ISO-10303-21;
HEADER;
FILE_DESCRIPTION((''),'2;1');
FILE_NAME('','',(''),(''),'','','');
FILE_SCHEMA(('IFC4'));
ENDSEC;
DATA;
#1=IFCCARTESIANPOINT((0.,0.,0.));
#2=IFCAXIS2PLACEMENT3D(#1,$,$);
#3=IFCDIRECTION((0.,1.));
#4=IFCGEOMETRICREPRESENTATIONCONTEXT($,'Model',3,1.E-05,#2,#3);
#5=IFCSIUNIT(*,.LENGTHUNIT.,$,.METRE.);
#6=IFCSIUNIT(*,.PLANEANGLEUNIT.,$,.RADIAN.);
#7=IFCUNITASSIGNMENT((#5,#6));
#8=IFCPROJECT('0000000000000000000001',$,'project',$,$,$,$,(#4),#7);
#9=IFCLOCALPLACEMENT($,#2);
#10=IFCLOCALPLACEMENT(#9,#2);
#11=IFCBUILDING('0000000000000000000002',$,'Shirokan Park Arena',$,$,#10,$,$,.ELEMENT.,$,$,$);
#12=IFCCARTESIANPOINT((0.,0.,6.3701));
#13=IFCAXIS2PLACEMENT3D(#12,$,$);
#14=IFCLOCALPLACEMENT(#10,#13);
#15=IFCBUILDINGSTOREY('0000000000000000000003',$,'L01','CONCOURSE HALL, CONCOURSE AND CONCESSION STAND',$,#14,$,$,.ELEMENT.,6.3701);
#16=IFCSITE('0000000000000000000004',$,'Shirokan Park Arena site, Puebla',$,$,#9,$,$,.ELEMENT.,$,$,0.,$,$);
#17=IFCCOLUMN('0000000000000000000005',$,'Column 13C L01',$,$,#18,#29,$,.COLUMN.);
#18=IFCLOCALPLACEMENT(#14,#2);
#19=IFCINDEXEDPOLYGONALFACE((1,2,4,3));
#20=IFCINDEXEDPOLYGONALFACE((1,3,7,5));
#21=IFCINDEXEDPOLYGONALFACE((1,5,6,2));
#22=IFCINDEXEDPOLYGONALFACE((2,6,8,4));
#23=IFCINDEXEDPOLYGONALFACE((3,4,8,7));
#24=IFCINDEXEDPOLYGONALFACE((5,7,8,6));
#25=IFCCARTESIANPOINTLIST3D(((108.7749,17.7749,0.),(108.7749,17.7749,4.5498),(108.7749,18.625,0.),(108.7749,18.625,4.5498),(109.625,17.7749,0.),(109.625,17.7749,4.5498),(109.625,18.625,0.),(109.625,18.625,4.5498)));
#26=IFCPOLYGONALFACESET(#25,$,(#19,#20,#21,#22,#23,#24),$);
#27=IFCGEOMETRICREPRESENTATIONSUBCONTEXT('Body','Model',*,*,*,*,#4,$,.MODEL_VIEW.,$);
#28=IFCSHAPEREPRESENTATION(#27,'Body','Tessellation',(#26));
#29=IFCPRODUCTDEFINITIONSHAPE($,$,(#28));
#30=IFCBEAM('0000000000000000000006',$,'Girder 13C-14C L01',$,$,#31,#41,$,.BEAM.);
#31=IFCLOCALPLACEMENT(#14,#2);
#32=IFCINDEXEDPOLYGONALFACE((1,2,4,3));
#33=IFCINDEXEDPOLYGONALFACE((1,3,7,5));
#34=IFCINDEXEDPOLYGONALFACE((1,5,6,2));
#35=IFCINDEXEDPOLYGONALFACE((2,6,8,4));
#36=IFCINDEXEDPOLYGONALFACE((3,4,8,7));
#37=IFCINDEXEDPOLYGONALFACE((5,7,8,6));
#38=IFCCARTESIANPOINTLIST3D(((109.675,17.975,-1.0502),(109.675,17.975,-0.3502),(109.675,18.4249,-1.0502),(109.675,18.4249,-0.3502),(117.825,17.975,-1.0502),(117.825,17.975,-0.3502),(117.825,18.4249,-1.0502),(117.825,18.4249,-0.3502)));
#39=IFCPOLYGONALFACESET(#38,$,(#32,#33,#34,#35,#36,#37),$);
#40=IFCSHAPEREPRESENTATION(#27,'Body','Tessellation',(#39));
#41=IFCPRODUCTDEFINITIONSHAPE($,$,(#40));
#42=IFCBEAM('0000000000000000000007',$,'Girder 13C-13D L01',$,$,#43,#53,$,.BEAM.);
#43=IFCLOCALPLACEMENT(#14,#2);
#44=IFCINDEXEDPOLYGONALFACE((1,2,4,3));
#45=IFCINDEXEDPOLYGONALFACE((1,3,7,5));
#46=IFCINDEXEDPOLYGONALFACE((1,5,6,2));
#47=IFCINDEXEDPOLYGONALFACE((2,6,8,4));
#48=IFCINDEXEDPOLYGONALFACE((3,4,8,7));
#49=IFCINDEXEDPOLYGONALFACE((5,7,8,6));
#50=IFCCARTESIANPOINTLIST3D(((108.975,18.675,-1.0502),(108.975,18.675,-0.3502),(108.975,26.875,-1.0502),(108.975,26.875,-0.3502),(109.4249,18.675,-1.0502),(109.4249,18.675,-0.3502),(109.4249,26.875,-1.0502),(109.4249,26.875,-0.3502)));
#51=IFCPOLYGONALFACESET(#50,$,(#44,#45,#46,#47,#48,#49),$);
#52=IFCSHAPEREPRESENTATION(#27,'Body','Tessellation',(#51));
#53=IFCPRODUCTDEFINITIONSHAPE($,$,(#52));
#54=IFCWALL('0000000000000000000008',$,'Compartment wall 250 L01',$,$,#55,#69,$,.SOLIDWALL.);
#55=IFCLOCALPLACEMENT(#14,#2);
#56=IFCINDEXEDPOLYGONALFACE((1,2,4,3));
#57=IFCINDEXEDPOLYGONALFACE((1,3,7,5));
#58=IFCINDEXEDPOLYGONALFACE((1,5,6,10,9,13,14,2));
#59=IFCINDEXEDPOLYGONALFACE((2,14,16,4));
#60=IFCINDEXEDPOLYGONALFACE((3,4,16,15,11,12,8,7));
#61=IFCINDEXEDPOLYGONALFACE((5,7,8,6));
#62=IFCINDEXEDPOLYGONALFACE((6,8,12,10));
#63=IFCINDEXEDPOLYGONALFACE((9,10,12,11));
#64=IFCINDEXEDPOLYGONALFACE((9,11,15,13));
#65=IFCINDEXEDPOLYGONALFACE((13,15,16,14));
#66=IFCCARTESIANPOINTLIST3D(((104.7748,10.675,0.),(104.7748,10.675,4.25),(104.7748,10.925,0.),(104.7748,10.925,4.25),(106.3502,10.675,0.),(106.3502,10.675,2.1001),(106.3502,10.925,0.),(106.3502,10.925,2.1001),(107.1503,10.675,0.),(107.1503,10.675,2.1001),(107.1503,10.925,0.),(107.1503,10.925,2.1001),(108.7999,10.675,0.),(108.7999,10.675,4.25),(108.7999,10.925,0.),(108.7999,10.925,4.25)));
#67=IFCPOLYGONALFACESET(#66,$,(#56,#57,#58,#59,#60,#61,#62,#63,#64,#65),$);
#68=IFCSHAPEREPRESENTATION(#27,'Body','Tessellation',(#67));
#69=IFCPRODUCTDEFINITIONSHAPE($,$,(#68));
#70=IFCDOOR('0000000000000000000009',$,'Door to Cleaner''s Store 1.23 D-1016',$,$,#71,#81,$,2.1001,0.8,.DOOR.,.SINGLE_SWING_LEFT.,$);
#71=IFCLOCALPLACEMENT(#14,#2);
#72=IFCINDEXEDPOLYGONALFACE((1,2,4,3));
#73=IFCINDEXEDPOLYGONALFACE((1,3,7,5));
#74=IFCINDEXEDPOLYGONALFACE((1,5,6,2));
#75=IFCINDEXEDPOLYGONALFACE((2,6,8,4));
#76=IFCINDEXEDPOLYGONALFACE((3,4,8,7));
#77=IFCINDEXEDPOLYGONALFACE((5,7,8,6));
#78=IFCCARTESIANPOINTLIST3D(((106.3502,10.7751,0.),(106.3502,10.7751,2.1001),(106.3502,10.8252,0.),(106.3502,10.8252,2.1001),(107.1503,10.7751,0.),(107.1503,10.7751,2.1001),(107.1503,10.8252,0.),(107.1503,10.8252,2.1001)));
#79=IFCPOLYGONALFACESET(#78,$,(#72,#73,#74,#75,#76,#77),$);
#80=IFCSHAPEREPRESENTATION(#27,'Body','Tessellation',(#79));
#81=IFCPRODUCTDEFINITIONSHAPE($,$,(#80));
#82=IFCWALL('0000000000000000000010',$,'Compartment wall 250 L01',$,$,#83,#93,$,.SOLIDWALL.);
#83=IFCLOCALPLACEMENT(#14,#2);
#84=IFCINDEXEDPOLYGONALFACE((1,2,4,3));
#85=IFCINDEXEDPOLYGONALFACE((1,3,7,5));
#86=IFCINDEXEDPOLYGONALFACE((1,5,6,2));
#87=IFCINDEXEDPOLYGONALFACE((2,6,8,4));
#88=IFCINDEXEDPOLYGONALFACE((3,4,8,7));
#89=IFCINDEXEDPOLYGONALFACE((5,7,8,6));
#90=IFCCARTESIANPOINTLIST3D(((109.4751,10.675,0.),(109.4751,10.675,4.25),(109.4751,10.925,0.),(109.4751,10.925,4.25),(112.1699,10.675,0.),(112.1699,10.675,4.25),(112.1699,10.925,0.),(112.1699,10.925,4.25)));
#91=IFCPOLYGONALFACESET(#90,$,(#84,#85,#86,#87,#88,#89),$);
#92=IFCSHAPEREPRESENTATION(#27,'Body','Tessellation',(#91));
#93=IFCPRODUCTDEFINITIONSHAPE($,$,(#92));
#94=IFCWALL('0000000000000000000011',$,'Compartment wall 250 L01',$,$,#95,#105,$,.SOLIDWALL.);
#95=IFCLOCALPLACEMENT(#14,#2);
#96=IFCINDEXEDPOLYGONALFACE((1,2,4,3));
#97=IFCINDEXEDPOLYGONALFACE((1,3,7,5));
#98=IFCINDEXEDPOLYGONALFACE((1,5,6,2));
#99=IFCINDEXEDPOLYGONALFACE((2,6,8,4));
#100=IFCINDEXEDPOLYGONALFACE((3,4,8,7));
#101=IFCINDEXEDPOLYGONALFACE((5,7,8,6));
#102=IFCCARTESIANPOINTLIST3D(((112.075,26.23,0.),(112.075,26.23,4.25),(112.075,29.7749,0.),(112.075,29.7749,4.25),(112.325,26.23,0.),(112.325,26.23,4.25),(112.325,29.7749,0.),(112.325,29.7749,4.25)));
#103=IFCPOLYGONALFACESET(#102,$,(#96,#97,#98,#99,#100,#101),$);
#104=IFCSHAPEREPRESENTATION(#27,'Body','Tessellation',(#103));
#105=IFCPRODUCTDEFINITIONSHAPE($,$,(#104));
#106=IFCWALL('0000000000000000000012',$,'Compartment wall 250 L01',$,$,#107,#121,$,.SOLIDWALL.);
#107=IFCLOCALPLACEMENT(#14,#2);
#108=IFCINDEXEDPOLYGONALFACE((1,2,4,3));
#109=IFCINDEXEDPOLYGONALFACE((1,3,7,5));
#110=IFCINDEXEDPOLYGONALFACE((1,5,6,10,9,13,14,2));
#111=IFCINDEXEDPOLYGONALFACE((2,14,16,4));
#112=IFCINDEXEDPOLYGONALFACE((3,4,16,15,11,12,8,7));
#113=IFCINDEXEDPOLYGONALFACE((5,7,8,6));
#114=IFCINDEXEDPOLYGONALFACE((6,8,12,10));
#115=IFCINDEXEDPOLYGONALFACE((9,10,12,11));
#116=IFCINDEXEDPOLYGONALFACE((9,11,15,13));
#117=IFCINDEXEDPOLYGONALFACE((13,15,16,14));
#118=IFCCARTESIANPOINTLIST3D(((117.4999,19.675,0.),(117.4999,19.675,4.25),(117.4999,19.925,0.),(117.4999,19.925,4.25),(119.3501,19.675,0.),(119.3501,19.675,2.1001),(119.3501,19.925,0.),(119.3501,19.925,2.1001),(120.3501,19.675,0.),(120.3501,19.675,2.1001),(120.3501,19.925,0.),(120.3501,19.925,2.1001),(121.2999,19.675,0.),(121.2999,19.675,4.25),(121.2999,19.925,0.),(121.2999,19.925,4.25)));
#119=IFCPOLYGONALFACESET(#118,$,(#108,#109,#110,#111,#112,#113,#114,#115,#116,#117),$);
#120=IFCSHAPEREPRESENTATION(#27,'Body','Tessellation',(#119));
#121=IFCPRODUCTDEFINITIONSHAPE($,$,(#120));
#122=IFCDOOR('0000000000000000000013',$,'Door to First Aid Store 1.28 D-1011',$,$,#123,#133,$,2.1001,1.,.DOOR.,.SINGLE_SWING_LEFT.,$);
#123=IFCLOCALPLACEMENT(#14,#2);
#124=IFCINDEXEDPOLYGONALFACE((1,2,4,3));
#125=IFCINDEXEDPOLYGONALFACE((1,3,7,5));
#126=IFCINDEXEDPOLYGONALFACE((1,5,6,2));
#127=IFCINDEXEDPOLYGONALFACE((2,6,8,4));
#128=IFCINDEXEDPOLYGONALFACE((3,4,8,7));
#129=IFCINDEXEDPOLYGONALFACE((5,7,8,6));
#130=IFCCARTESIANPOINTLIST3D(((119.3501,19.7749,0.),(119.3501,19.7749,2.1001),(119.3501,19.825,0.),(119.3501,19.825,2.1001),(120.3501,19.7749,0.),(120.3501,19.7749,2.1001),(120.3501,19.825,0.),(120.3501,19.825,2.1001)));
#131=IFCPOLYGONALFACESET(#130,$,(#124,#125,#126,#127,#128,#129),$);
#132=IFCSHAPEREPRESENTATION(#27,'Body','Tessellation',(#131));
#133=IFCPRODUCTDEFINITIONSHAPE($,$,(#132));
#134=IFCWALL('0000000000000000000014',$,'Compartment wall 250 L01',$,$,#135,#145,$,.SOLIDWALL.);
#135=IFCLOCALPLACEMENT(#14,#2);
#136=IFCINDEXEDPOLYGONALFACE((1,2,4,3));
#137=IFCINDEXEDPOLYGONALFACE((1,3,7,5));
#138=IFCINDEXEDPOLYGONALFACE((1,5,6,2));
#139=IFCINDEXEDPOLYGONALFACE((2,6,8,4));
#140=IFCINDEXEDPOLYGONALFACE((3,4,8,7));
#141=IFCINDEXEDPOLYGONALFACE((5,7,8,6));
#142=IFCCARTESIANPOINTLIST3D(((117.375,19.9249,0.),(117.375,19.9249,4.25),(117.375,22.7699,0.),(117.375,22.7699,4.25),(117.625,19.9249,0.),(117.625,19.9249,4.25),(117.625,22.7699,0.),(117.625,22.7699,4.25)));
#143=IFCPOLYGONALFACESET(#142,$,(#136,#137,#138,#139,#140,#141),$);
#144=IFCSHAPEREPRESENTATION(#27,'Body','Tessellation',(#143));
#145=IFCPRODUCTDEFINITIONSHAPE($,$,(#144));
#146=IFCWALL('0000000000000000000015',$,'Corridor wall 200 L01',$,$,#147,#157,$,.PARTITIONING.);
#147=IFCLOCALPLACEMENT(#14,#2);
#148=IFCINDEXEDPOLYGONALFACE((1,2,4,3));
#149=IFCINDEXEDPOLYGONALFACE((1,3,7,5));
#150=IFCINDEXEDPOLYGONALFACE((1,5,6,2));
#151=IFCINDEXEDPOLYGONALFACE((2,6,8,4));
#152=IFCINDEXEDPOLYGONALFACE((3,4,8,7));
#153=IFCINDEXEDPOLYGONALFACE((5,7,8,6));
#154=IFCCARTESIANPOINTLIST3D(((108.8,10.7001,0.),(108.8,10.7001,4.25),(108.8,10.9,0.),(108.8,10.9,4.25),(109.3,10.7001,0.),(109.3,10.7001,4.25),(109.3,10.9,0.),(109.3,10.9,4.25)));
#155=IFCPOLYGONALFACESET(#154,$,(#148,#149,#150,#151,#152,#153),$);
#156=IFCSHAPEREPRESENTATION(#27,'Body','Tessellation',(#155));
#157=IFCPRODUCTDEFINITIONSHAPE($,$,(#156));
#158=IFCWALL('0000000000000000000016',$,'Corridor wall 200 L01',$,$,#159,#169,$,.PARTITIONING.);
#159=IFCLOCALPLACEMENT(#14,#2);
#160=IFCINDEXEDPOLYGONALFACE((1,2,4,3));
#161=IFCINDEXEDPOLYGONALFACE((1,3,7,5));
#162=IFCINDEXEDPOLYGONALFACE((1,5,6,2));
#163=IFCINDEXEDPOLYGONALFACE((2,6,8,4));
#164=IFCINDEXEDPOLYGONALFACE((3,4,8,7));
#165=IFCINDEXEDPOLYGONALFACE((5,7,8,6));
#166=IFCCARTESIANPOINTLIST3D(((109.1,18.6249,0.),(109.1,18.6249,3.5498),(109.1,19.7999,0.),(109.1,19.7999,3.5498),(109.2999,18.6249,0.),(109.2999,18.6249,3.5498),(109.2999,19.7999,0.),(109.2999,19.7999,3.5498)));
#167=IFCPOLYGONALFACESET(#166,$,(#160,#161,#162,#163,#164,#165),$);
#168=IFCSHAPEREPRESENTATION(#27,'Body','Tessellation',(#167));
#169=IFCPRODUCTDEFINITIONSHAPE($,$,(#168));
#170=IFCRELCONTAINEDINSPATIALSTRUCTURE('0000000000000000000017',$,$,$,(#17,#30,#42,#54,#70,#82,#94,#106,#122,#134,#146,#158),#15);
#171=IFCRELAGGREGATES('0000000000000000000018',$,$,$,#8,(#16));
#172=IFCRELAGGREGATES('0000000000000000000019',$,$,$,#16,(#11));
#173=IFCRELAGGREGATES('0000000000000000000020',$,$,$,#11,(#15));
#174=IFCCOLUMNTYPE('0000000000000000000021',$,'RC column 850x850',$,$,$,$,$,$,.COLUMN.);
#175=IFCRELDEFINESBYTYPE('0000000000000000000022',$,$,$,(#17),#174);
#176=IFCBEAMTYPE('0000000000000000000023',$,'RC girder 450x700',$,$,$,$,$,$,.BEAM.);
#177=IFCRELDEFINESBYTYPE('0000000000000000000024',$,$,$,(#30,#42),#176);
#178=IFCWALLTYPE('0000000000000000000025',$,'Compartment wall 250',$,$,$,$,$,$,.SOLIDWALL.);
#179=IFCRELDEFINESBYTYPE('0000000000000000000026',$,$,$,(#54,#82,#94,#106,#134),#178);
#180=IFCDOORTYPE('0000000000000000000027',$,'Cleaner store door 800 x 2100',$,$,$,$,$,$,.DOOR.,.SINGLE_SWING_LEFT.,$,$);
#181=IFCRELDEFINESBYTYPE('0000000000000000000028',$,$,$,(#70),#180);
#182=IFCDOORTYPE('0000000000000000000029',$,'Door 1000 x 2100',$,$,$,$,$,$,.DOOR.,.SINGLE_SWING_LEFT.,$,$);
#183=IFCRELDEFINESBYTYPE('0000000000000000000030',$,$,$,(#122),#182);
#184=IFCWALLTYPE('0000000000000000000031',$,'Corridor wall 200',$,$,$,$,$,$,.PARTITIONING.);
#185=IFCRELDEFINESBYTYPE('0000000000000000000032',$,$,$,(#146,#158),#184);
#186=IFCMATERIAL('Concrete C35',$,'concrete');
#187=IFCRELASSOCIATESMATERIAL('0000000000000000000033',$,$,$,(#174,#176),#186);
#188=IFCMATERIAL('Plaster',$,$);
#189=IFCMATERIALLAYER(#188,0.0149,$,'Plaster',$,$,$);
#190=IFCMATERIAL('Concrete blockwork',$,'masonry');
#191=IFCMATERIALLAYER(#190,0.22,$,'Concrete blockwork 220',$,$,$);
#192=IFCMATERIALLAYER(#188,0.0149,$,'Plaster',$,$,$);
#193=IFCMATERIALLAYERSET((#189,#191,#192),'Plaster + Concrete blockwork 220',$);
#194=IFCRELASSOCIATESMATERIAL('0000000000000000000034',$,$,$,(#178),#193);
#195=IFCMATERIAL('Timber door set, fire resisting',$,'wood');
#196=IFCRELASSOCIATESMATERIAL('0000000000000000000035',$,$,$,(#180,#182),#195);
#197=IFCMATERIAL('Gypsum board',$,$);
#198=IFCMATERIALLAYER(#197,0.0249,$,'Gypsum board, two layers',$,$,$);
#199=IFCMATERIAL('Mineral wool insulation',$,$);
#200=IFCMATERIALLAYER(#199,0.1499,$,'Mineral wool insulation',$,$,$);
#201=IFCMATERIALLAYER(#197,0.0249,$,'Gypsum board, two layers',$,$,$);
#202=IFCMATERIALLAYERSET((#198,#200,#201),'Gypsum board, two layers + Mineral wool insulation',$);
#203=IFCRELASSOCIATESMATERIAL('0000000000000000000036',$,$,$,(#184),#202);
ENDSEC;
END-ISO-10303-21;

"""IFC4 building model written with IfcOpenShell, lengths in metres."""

from ifc_helpers import new_model, si_unit, direction, frame, frame_2d, origin, origin_2d, place, context, subcontext, project, spatial, rectangle, extrude, material, layer, layer_set, material_profile, profile_set, type_object, element, fill, save


model = new_model("IFC4")

# Units and contexts
model_context = context("Model", 3, precision=1e-05, world=origin(), true_north=direction((0.0, 1.0)))
body_context = subcontext(model_context, "Body", "Model", "MODEL_VIEW")
ifc_project = project(units=[si_unit("LENGTHUNIT", "METRE"), si_unit("PLANEANGLEUNIT", "RADIAN")], contexts=[model_context])

# Site, building, storey
site_placement = place(None, origin())
site = spatial("IfcSite", under=ifc_project, at=site_placement, Name="Shirokan Park Arena site, Puebla", CompositionType="ELEMENT", RefElevation=0.0)
building_placement = place(site_placement, origin())
building = spatial("IfcBuilding", under=site, at=building_placement, Name="Shirokan Park Arena", CompositionType="ELEMENT")
storey_placement = place(building_placement, frame((0.0, 0.0, 6.3701)))
storey = spatial("IfcBuildingStorey", under=building, at=storey_placement, Name="L01", Description="CONCOURSE HALL, CONCOURSE AND CONCESSION STAND", CompositionType="ELEMENT", Elevation=6.3701)

# Column
ifc_material_1 = material(Name="Concrete C35", Category="concrete")
ifc_material_profile_1 = material_profile(ifc_material_1, rectangle(XDim=0.8501, YDim=0.8501, at=origin_2d()), Name="850x850")
ifc_profile_set_1 = profile_set([ifc_material_profile_1], Name="Concrete C35")
column_type = type_object("IfcColumnType", Name="RC column 850x850", PredefinedType="COLUMN", material=ifc_profile_set_1)
column_placement = place(storey_placement, frame((109.2, 18.2, 0.0), z_axis=(0.0, 0.0, 1.0), x_axis=(1.0, 0.0, 0.0)))
element("IfcColumn", 1, at=column_placement, inside=storey, type_object=column_type, Name="Column 13C L01", PredefinedType="COLUMN", context=body_context, shape_type="SweptSolid", body=[
    extrude(rectangle(XDim=0.8501, YDim=0.8501, at=origin_2d()), origin(), (0.0, 0.0, 1.0), 4.5498),
])

# Beams
ifc_material_profile_2 = material_profile(ifc_material_1, rectangle(XDim=0.45, YDim=0.7, at=origin_2d()), Name="450x700")
ifc_profile_set_2 = profile_set([ifc_material_profile_2], Name="Concrete C35")
beam_type = type_object("IfcBeamType", Name="RC girder 450x700", PredefinedType="BEAM", material=ifc_profile_set_2)
beam_1_placement = place(storey_placement, frame((109.675, 18.2, -0.7002), z_axis=(1.0, 0.0, 0.0), x_axis=(0.0, 1.0, 0.0)))
element("IfcBeam", 2, at=beam_1_placement, inside=storey, type_object=beam_type, Name="Girder 13C-14C L01", PredefinedType="BEAM", context=body_context, shape_type="SweptSolid", body=[
    extrude(rectangle(XDim=0.45, YDim=0.7, at=origin_2d()), origin(), (0.0, 0.0, 1.0), 8.1499),
])
beam_2_placement = place(storey_placement, frame((109.2, 18.675, -0.7002), z_axis=(0.0, 1.0, 0.0), x_axis=(-1.0, 0.0, 0.0)))
element("IfcBeam", 3, at=beam_2_placement, inside=storey, type_object=beam_type, Name="Girder 13C-13D L01", PredefinedType="BEAM", context=body_context, shape_type="SweptSolid", body=[
    extrude(rectangle(XDim=0.45, YDim=0.7, at=origin_2d()), origin(), (0.0, 0.0, 1.0), 8.2),
])

# Wall, opening, door
ifc_material_2 = material(Name="Plaster")
ifc_layer_1 = layer(ifc_material_2, 0.0149, Name="Plaster")
ifc_material_3 = material(Name="Concrete blockwork", Category="masonry")
ifc_layer_2 = layer(ifc_material_3, 0.22, Name="Concrete blockwork 220")
ifc_layer_3 = layer(ifc_material_2, 0.0149, Name="Plaster")
ifc_layer_set_1 = layer_set([ifc_layer_1, ifc_layer_2, ifc_layer_3], Name="Plaster + Concrete blockwork 220")
wall_type_1 = type_object("IfcWallType", Name="Compartment wall 250", PredefinedType="SOLIDWALL", material=ifc_layer_set_1)
wall_1_placement = place(storey_placement, frame((108.8, 10.8, 0.0), z_axis=(0.0, 0.0, 1.0), x_axis=(-1.0, 0.0, 0.0)))
wall_1 = element("IfcWall", 4, at=wall_1_placement, inside=storey, type_object=wall_type_1, Name="Compartment wall 250 L01", PredefinedType="SOLIDWALL", context=body_context, shape_type="SweptSolid", body=[
    extrude(rectangle(XDim=4.0251, YDim=0.25, at=frame_2d((2.0127, 0.0))), origin(), (0.0, 0.0, 1.0), 4.25),
])
opening_1_placement = place(wall_1_placement, frame((1.6499, 0.0, 0.0)))
opening_1 = element("IfcOpeningElement", 5, at=opening_1_placement, cuts=wall_1, PredefinedType="OPENING", context=body_context, shape_type="SweptSolid", body=[
    extrude(rectangle(XDim=0.8, YDim=2.1001, at=frame_2d((0.3999, 1.05))), frame((0.0, 0.135, 0.0), z_axis=(0.0, -1.0, 0.0), x_axis=(1.0, 0.0, 0.0)), (0.0, 0.0, 1.0), 0.27),
])
ifc_material_4 = material(Name="Timber door set, fire resisting", Category="wood")
door_type_1 = type_object("IfcDoorType", Name="Cleaner store door 800 x 2100", OperationType="SINGLE_SWING_LEFT", PredefinedType="DOOR", material=ifc_material_4)
door_1_placement = place(opening_1_placement, origin())
door_1 = element("IfcDoor", 6, at=door_1_placement, inside=storey, type_object=door_type_1, Name="Door to Cleaner's Store 1.23 D-1016", OperationType="SINGLE_SWING_LEFT", OverallHeight=2.1001, OverallWidth=0.8, PredefinedType="DOOR", context=body_context, shape_type="SweptSolid", body=[
    extrude(rectangle(XDim=0.8, YDim=2.1001, at=frame_2d((0.3999, 1.05))), frame((0.0, 0.0249, 0.0), z_axis=(0.0, -1.0, 0.0), x_axis=(1.0, 0.0, 0.0)), (0.0, 0.0, 1.0), 0.05),
])
fill(opening_1, door_1)

# Walls
wall_2_placement = place(storey_placement, frame((112.1699, 10.8, 0.0), z_axis=(0.0, 0.0, 1.0), x_axis=(-1.0, 0.0, 0.0)))
element("IfcWall", 7, at=wall_2_placement, inside=storey, type_object=wall_type_1, Name="Compartment wall 250 L01", PredefinedType="SOLIDWALL", context=body_context, shape_type="SweptSolid", body=[
    extrude(rectangle(XDim=2.6948, YDim=0.25, at=frame_2d((1.3474, 0.0))), origin(), (0.0, 0.0, 1.0), 4.25),
])
wall_3_placement = place(storey_placement, frame((112.2, 26.23, 0.0), z_axis=(0.0, 0.0, 1.0), x_axis=(0.0, 1.0, 0.0)))
element("IfcWall", 8, at=wall_3_placement, inside=storey, type_object=wall_type_1, Name="Compartment wall 250 L01", PredefinedType="SOLIDWALL", context=body_context, shape_type="SweptSolid", body=[
    extrude(rectangle(XDim=3.5449, YDim=0.25, at=frame_2d((1.7725, 0.0))), origin(), (0.0, 0.0, 1.0), 4.25),
])

# Wall, opening, door
wall_4_placement = place(storey_placement, frame((117.5, 19.8, 0.0), z_axis=(0.0, 0.0, 1.0), x_axis=(1.0, 0.0, 0.0)))
wall_4 = element("IfcWall", 9, at=wall_4_placement, inside=storey, type_object=wall_type_1, Name="Compartment wall 250 L01", PredefinedType="SOLIDWALL", context=body_context, shape_type="SweptSolid", body=[
    extrude(rectangle(XDim=3.8, YDim=0.25, at=frame_2d((1.8999, 0.0))), origin(), (0.0, 0.0, 1.0), 4.25),
])
opening_2_placement = place(wall_4_placement, frame((1.8501, 0.0, 0.0)))
opening_2 = element("IfcOpeningElement", 10, at=opening_2_placement, cuts=wall_4, PredefinedType="OPENING", context=body_context, shape_type="SweptSolid", body=[
    extrude(rectangle(XDim=1.0, YDim=2.1001, at=frame_2d((0.5, 1.05))), frame((0.0, 0.135, 0.0), z_axis=(0.0, -1.0, 0.0), x_axis=(1.0, 0.0, 0.0)), (0.0, 0.0, 1.0), 0.27),
])
door_type_2 = type_object("IfcDoorType", Name="Door 1000 x 2100", OperationType="SINGLE_SWING_LEFT", PredefinedType="DOOR", material=ifc_material_4)
door_2_placement = place(opening_2_placement, origin())
door_2 = element("IfcDoor", 11, at=door_2_placement, inside=storey, type_object=door_type_2, Name="Door to First Aid Store 1.28 D-1011", OperationType="SINGLE_SWING_LEFT", OverallHeight=2.1001, OverallWidth=1.0, PredefinedType="DOOR", context=body_context, shape_type="SweptSolid", body=[
    extrude(rectangle(XDim=1.0, YDim=2.1001, at=frame_2d((0.5, 1.05))), frame((0.0, 0.0249, 0.0), z_axis=(0.0, -1.0, 0.0), x_axis=(1.0, 0.0, 0.0)), (0.0, 0.0, 1.0), 0.05),
])
fill(opening_2, door_2)

# Walls
wall_5_placement = place(storey_placement, frame((117.5, 19.925, 0.0), z_axis=(0.0, 0.0, 1.0), x_axis=(0.0, 1.0, 0.0)))
element("IfcWall", 12, at=wall_5_placement, inside=storey, type_object=wall_type_1, Name="Compartment wall 250 L01", PredefinedType="SOLIDWALL", context=body_context, shape_type="SweptSolid", body=[
    extrude(rectangle(XDim=2.845, YDim=0.25, at=frame_2d((1.4224, 0.0))), origin(), (0.0, 0.0, 1.0), 4.25),
])
ifc_material_5 = material(Name="Gypsum board")
ifc_layer_4 = layer(ifc_material_5, 0.0249, Name="Gypsum board, two layers")
ifc_material_6 = material(Name="Mineral wool insulation")
ifc_layer_5 = layer(ifc_material_6, 0.1499, Name="Mineral wool insulation")
ifc_layer_6 = layer(ifc_material_5, 0.0249, Name="Gypsum board, two layers")
ifc_layer_set_2 = layer_set([ifc_layer_4, ifc_layer_5, ifc_layer_6], Name="Gypsum board, two layers + Mineral wool insulation")
wall_type_2 = type_object("IfcWallType", Name="Corridor wall 200", PredefinedType="PARTITIONING", material=ifc_layer_set_2)
wall_6_placement = place(storey_placement, frame((108.8, 10.8, 0.0), z_axis=(0.0, 0.0, 1.0), x_axis=(1.0, 0.0, 0.0)))
element("IfcWall", 13, at=wall_6_placement, inside=storey, type_object=wall_type_2, Name="Corridor wall 200 L01", PredefinedType="PARTITIONING", context=body_context, shape_type="SweptSolid", body=[
    extrude(rectangle(XDim=0.5, YDim=0.2, at=frame_2d((0.25, 0.0))), origin(), (0.0, 0.0, 1.0), 4.25),
])

# Wall
wall_7_placement = place(storey_placement, frame((109.2, 18.625, 0.0), z_axis=(0.0, 0.0, 1.0), x_axis=(0.0, 1.0, 0.0)))
element("IfcWall", 14, at=wall_7_placement, inside=storey, type_object=wall_type_2, Name="Corridor wall 200 L01", PredefinedType="PARTITIONING", context=body_context, shape_type="SweptSolid", body=[
    extrude(rectangle(XDim=1.175, YDim=0.2, at=frame_2d((0.5874, 0.0))), origin(), (0.0, 0.0, 1.0), 3.5498),
])

save(model, "model.ifc")
